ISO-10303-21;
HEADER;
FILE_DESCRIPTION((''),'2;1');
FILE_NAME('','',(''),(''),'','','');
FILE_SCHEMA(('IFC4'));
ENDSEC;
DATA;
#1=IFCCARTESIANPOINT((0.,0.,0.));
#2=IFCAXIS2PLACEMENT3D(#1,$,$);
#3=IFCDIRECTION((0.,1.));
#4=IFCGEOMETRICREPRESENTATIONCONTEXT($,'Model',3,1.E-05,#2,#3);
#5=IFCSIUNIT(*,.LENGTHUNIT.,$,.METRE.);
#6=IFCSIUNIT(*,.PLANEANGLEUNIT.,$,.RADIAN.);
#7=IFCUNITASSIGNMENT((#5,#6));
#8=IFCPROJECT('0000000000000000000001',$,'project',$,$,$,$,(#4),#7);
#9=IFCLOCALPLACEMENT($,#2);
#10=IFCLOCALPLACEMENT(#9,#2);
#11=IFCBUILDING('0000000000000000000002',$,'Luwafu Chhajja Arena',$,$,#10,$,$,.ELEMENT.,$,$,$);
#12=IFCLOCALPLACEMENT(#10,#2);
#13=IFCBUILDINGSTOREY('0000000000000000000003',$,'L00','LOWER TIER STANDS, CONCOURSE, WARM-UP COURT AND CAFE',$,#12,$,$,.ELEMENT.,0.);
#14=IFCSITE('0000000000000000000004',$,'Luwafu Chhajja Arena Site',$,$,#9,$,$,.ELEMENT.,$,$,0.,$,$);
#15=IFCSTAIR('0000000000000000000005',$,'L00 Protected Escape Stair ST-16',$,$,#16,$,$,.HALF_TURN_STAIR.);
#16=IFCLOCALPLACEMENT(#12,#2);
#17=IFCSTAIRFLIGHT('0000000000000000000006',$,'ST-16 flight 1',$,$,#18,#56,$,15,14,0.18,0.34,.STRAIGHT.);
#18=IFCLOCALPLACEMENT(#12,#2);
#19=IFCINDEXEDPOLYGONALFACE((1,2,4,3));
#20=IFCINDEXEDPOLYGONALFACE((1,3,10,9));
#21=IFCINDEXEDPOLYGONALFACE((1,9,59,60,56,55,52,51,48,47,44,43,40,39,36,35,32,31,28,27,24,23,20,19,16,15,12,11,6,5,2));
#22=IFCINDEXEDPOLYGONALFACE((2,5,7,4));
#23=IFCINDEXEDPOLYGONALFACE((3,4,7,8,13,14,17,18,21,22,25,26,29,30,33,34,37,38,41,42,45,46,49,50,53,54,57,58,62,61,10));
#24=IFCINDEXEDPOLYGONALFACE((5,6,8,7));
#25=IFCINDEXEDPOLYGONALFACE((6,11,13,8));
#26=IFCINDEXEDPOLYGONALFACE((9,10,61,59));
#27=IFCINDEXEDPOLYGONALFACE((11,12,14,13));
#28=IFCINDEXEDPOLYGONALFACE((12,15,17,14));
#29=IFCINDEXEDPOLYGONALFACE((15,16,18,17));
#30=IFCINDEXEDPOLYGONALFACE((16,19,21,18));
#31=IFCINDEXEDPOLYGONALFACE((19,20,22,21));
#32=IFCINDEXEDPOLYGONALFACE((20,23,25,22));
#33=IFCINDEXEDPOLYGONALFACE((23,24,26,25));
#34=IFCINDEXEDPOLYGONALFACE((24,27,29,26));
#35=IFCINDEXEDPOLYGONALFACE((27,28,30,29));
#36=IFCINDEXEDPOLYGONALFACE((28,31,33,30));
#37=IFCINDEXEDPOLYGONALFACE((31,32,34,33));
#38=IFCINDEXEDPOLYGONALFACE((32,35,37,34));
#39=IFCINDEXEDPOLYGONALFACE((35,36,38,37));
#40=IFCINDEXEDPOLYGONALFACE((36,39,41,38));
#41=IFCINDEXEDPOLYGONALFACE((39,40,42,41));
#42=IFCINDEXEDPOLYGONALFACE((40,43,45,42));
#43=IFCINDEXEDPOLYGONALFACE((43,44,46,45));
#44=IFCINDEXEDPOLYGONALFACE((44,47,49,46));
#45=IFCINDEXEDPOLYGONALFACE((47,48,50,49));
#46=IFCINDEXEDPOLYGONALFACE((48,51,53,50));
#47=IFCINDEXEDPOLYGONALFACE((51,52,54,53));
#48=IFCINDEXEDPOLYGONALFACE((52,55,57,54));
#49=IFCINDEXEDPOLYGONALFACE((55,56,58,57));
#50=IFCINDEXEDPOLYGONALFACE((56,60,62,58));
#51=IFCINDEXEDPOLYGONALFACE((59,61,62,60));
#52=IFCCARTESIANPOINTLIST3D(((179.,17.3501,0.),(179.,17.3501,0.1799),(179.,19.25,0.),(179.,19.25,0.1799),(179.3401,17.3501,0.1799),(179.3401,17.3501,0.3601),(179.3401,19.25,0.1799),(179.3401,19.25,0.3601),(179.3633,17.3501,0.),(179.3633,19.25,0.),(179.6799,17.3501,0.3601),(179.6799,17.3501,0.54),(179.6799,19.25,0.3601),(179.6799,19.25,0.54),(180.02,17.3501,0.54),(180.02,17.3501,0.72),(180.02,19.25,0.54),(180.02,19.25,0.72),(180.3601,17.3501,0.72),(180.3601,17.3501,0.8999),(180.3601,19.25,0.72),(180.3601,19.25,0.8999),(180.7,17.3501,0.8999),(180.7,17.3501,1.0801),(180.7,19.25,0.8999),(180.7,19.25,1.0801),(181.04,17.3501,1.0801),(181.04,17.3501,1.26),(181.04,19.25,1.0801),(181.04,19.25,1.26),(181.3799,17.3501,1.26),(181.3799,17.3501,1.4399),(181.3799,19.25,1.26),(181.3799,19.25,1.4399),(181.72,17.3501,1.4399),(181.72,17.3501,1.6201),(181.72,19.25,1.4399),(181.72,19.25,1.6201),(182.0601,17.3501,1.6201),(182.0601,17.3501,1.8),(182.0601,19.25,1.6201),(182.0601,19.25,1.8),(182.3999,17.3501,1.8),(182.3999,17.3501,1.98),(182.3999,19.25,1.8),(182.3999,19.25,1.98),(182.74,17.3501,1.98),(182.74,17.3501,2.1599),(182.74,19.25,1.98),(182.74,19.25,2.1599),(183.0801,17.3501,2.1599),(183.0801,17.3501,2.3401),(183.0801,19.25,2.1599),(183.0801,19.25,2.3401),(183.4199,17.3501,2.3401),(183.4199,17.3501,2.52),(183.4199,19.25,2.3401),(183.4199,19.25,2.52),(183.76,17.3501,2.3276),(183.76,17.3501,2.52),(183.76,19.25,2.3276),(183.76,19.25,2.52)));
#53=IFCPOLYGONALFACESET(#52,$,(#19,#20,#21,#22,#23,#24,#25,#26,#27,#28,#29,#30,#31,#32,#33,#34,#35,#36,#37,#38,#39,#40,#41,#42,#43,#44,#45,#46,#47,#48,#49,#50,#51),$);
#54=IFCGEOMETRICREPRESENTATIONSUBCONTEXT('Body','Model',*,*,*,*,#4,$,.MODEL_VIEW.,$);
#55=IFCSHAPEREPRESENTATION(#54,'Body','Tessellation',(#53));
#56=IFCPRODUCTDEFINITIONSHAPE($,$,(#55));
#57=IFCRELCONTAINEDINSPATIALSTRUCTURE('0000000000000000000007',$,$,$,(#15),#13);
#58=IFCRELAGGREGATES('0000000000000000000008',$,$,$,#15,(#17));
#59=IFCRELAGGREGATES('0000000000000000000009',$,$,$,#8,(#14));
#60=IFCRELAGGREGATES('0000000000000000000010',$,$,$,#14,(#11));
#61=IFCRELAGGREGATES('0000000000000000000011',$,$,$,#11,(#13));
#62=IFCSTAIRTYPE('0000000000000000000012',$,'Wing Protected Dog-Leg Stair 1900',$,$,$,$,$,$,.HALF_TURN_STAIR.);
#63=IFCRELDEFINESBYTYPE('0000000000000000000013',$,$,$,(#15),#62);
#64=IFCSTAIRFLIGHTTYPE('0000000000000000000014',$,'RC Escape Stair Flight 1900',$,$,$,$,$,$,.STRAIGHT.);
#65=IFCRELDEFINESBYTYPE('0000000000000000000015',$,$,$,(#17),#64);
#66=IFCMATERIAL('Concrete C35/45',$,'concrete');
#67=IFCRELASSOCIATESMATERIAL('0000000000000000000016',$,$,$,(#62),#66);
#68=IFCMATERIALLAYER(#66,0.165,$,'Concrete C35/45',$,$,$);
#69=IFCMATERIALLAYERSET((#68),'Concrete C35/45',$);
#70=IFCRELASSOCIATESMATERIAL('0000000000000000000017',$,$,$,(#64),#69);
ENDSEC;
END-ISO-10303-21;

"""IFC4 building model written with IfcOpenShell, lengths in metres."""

from ifc_helpers import new_model, si_unit, direction, frame, origin, place, context, subcontext, project, spatial, polyline, outline, extrude, material, layer, layer_set, type_object, element, aggregate, save


model = new_model("IFC4")

# Units and contexts
model_context = context("Model", 3, precision=1e-05, world=origin(), true_north=direction((0.0, 1.0)))
body_context = subcontext(model_context, "Body", "Model", "MODEL_VIEW")
ifc_project = project(units=[si_unit("LENGTHUNIT", "METRE"), si_unit("PLANEANGLEUNIT", "RADIAN")], contexts=[model_context])

# Site, building, storey
site_placement = place(None, origin())
site = spatial("IfcSite", under=ifc_project, at=site_placement, Name="Luwafu Chhajja Arena Site", CompositionType="ELEMENT", RefElevation=0.0)
building_placement = place(site_placement, origin())
building = spatial("IfcBuilding", under=site, at=building_placement, Name="Luwafu Chhajja Arena", CompositionType="ELEMENT")
storey_placement = place(building_placement, origin())
storey = spatial("IfcBuildingStorey", under=building, at=storey_placement, Name="L00", Description="LOWER TIER STANDS, CONCOURSE, WARM-UP COURT AND CAFE", CompositionType="ELEMENT", Elevation=0.0)

# Shared definitions
ifc_material_1 = material(Name="Concrete C35/45", Category="concrete")
stair_type = type_object("IfcStairType", Name="Wing Protected Dog-Leg Stair 1900", PredefinedType="HALF_TURN_STAIR", material=ifc_material_1)
ifc_layer_1 = layer(ifc_material_1, 0.165, Name="Concrete C35/45")
ifc_layer_set_1 = layer_set([ifc_layer_1], Name="Concrete C35/45")
stair_flight_type = type_object("IfcStairFlightType", Name="RC Escape Stair Flight 1900", PredefinedType="STRAIGHT", material=ifc_layer_set_1)

# Stair, stair flight
stair_1_placement = place(storey_placement, origin())
stair_1 = element("IfcStair", 1, at=stair_1_placement, inside=storey, type_object=stair_type, Name="L00 Protected Escape Stair ST-16", PredefinedType="HALF_TURN_STAIR")
stair_flight_1_placement = place(storey_placement, frame((179.0, 18.3, 0.0), z_axis=(0.0, 0.0, 1.0), x_axis=(1.0, 0.0, 0.0)))
stair_flight_1 = element("IfcStairFlight", 2, at=stair_flight_1_placement, type_object=stair_flight_type, Name="ST-16 flight 1", NumberOfRisers=15, NumberOfTreads=14, PredefinedType="STRAIGHT", RiserHeight=0.18, TreadLength=0.34, context=body_context, shape_type="SweptSolid", body=[
    extrude(outline(polyline([(0.0, 0.0), (0.0, 0.1799), (0.3401, 0.1799), (0.3401, 0.3601), (0.6799, 0.3601), (0.6799, 0.54), (1.02, 0.54), (1.02, 0.72), (1.3601, 0.72), (1.3601, 0.8999), (1.7, 0.8999), (1.7, 1.0801), (2.04, 1.0801), (2.04, 1.26), (2.3799, 1.26), (2.3799, 1.4399), (2.72, 1.4399), (2.72, 1.6201), (3.0601, 1.6201), (3.0601, 1.8), (3.3999, 1.8), (3.3999, 1.98), (3.74, 1.98), (3.74, 2.1599), (4.0801, 2.1599), (4.0801, 2.3401), (4.4199, 2.3401), (4.4199, 2.52), (4.76, 2.52), (4.76, 2.7), (4.76, 2.3276), (0.3633, 0.0), (0.0, 0.0)])), frame((0.0, 0.95, 0.0), z_axis=(0.0, -1.0, 0.0), x_axis=(1.0, 0.0, 0.0)), (0.0, 0.0, 1.0), 1.8999),
])
aggregate(stair_1, [stair_flight_1])

save(model, "model.ifc")
